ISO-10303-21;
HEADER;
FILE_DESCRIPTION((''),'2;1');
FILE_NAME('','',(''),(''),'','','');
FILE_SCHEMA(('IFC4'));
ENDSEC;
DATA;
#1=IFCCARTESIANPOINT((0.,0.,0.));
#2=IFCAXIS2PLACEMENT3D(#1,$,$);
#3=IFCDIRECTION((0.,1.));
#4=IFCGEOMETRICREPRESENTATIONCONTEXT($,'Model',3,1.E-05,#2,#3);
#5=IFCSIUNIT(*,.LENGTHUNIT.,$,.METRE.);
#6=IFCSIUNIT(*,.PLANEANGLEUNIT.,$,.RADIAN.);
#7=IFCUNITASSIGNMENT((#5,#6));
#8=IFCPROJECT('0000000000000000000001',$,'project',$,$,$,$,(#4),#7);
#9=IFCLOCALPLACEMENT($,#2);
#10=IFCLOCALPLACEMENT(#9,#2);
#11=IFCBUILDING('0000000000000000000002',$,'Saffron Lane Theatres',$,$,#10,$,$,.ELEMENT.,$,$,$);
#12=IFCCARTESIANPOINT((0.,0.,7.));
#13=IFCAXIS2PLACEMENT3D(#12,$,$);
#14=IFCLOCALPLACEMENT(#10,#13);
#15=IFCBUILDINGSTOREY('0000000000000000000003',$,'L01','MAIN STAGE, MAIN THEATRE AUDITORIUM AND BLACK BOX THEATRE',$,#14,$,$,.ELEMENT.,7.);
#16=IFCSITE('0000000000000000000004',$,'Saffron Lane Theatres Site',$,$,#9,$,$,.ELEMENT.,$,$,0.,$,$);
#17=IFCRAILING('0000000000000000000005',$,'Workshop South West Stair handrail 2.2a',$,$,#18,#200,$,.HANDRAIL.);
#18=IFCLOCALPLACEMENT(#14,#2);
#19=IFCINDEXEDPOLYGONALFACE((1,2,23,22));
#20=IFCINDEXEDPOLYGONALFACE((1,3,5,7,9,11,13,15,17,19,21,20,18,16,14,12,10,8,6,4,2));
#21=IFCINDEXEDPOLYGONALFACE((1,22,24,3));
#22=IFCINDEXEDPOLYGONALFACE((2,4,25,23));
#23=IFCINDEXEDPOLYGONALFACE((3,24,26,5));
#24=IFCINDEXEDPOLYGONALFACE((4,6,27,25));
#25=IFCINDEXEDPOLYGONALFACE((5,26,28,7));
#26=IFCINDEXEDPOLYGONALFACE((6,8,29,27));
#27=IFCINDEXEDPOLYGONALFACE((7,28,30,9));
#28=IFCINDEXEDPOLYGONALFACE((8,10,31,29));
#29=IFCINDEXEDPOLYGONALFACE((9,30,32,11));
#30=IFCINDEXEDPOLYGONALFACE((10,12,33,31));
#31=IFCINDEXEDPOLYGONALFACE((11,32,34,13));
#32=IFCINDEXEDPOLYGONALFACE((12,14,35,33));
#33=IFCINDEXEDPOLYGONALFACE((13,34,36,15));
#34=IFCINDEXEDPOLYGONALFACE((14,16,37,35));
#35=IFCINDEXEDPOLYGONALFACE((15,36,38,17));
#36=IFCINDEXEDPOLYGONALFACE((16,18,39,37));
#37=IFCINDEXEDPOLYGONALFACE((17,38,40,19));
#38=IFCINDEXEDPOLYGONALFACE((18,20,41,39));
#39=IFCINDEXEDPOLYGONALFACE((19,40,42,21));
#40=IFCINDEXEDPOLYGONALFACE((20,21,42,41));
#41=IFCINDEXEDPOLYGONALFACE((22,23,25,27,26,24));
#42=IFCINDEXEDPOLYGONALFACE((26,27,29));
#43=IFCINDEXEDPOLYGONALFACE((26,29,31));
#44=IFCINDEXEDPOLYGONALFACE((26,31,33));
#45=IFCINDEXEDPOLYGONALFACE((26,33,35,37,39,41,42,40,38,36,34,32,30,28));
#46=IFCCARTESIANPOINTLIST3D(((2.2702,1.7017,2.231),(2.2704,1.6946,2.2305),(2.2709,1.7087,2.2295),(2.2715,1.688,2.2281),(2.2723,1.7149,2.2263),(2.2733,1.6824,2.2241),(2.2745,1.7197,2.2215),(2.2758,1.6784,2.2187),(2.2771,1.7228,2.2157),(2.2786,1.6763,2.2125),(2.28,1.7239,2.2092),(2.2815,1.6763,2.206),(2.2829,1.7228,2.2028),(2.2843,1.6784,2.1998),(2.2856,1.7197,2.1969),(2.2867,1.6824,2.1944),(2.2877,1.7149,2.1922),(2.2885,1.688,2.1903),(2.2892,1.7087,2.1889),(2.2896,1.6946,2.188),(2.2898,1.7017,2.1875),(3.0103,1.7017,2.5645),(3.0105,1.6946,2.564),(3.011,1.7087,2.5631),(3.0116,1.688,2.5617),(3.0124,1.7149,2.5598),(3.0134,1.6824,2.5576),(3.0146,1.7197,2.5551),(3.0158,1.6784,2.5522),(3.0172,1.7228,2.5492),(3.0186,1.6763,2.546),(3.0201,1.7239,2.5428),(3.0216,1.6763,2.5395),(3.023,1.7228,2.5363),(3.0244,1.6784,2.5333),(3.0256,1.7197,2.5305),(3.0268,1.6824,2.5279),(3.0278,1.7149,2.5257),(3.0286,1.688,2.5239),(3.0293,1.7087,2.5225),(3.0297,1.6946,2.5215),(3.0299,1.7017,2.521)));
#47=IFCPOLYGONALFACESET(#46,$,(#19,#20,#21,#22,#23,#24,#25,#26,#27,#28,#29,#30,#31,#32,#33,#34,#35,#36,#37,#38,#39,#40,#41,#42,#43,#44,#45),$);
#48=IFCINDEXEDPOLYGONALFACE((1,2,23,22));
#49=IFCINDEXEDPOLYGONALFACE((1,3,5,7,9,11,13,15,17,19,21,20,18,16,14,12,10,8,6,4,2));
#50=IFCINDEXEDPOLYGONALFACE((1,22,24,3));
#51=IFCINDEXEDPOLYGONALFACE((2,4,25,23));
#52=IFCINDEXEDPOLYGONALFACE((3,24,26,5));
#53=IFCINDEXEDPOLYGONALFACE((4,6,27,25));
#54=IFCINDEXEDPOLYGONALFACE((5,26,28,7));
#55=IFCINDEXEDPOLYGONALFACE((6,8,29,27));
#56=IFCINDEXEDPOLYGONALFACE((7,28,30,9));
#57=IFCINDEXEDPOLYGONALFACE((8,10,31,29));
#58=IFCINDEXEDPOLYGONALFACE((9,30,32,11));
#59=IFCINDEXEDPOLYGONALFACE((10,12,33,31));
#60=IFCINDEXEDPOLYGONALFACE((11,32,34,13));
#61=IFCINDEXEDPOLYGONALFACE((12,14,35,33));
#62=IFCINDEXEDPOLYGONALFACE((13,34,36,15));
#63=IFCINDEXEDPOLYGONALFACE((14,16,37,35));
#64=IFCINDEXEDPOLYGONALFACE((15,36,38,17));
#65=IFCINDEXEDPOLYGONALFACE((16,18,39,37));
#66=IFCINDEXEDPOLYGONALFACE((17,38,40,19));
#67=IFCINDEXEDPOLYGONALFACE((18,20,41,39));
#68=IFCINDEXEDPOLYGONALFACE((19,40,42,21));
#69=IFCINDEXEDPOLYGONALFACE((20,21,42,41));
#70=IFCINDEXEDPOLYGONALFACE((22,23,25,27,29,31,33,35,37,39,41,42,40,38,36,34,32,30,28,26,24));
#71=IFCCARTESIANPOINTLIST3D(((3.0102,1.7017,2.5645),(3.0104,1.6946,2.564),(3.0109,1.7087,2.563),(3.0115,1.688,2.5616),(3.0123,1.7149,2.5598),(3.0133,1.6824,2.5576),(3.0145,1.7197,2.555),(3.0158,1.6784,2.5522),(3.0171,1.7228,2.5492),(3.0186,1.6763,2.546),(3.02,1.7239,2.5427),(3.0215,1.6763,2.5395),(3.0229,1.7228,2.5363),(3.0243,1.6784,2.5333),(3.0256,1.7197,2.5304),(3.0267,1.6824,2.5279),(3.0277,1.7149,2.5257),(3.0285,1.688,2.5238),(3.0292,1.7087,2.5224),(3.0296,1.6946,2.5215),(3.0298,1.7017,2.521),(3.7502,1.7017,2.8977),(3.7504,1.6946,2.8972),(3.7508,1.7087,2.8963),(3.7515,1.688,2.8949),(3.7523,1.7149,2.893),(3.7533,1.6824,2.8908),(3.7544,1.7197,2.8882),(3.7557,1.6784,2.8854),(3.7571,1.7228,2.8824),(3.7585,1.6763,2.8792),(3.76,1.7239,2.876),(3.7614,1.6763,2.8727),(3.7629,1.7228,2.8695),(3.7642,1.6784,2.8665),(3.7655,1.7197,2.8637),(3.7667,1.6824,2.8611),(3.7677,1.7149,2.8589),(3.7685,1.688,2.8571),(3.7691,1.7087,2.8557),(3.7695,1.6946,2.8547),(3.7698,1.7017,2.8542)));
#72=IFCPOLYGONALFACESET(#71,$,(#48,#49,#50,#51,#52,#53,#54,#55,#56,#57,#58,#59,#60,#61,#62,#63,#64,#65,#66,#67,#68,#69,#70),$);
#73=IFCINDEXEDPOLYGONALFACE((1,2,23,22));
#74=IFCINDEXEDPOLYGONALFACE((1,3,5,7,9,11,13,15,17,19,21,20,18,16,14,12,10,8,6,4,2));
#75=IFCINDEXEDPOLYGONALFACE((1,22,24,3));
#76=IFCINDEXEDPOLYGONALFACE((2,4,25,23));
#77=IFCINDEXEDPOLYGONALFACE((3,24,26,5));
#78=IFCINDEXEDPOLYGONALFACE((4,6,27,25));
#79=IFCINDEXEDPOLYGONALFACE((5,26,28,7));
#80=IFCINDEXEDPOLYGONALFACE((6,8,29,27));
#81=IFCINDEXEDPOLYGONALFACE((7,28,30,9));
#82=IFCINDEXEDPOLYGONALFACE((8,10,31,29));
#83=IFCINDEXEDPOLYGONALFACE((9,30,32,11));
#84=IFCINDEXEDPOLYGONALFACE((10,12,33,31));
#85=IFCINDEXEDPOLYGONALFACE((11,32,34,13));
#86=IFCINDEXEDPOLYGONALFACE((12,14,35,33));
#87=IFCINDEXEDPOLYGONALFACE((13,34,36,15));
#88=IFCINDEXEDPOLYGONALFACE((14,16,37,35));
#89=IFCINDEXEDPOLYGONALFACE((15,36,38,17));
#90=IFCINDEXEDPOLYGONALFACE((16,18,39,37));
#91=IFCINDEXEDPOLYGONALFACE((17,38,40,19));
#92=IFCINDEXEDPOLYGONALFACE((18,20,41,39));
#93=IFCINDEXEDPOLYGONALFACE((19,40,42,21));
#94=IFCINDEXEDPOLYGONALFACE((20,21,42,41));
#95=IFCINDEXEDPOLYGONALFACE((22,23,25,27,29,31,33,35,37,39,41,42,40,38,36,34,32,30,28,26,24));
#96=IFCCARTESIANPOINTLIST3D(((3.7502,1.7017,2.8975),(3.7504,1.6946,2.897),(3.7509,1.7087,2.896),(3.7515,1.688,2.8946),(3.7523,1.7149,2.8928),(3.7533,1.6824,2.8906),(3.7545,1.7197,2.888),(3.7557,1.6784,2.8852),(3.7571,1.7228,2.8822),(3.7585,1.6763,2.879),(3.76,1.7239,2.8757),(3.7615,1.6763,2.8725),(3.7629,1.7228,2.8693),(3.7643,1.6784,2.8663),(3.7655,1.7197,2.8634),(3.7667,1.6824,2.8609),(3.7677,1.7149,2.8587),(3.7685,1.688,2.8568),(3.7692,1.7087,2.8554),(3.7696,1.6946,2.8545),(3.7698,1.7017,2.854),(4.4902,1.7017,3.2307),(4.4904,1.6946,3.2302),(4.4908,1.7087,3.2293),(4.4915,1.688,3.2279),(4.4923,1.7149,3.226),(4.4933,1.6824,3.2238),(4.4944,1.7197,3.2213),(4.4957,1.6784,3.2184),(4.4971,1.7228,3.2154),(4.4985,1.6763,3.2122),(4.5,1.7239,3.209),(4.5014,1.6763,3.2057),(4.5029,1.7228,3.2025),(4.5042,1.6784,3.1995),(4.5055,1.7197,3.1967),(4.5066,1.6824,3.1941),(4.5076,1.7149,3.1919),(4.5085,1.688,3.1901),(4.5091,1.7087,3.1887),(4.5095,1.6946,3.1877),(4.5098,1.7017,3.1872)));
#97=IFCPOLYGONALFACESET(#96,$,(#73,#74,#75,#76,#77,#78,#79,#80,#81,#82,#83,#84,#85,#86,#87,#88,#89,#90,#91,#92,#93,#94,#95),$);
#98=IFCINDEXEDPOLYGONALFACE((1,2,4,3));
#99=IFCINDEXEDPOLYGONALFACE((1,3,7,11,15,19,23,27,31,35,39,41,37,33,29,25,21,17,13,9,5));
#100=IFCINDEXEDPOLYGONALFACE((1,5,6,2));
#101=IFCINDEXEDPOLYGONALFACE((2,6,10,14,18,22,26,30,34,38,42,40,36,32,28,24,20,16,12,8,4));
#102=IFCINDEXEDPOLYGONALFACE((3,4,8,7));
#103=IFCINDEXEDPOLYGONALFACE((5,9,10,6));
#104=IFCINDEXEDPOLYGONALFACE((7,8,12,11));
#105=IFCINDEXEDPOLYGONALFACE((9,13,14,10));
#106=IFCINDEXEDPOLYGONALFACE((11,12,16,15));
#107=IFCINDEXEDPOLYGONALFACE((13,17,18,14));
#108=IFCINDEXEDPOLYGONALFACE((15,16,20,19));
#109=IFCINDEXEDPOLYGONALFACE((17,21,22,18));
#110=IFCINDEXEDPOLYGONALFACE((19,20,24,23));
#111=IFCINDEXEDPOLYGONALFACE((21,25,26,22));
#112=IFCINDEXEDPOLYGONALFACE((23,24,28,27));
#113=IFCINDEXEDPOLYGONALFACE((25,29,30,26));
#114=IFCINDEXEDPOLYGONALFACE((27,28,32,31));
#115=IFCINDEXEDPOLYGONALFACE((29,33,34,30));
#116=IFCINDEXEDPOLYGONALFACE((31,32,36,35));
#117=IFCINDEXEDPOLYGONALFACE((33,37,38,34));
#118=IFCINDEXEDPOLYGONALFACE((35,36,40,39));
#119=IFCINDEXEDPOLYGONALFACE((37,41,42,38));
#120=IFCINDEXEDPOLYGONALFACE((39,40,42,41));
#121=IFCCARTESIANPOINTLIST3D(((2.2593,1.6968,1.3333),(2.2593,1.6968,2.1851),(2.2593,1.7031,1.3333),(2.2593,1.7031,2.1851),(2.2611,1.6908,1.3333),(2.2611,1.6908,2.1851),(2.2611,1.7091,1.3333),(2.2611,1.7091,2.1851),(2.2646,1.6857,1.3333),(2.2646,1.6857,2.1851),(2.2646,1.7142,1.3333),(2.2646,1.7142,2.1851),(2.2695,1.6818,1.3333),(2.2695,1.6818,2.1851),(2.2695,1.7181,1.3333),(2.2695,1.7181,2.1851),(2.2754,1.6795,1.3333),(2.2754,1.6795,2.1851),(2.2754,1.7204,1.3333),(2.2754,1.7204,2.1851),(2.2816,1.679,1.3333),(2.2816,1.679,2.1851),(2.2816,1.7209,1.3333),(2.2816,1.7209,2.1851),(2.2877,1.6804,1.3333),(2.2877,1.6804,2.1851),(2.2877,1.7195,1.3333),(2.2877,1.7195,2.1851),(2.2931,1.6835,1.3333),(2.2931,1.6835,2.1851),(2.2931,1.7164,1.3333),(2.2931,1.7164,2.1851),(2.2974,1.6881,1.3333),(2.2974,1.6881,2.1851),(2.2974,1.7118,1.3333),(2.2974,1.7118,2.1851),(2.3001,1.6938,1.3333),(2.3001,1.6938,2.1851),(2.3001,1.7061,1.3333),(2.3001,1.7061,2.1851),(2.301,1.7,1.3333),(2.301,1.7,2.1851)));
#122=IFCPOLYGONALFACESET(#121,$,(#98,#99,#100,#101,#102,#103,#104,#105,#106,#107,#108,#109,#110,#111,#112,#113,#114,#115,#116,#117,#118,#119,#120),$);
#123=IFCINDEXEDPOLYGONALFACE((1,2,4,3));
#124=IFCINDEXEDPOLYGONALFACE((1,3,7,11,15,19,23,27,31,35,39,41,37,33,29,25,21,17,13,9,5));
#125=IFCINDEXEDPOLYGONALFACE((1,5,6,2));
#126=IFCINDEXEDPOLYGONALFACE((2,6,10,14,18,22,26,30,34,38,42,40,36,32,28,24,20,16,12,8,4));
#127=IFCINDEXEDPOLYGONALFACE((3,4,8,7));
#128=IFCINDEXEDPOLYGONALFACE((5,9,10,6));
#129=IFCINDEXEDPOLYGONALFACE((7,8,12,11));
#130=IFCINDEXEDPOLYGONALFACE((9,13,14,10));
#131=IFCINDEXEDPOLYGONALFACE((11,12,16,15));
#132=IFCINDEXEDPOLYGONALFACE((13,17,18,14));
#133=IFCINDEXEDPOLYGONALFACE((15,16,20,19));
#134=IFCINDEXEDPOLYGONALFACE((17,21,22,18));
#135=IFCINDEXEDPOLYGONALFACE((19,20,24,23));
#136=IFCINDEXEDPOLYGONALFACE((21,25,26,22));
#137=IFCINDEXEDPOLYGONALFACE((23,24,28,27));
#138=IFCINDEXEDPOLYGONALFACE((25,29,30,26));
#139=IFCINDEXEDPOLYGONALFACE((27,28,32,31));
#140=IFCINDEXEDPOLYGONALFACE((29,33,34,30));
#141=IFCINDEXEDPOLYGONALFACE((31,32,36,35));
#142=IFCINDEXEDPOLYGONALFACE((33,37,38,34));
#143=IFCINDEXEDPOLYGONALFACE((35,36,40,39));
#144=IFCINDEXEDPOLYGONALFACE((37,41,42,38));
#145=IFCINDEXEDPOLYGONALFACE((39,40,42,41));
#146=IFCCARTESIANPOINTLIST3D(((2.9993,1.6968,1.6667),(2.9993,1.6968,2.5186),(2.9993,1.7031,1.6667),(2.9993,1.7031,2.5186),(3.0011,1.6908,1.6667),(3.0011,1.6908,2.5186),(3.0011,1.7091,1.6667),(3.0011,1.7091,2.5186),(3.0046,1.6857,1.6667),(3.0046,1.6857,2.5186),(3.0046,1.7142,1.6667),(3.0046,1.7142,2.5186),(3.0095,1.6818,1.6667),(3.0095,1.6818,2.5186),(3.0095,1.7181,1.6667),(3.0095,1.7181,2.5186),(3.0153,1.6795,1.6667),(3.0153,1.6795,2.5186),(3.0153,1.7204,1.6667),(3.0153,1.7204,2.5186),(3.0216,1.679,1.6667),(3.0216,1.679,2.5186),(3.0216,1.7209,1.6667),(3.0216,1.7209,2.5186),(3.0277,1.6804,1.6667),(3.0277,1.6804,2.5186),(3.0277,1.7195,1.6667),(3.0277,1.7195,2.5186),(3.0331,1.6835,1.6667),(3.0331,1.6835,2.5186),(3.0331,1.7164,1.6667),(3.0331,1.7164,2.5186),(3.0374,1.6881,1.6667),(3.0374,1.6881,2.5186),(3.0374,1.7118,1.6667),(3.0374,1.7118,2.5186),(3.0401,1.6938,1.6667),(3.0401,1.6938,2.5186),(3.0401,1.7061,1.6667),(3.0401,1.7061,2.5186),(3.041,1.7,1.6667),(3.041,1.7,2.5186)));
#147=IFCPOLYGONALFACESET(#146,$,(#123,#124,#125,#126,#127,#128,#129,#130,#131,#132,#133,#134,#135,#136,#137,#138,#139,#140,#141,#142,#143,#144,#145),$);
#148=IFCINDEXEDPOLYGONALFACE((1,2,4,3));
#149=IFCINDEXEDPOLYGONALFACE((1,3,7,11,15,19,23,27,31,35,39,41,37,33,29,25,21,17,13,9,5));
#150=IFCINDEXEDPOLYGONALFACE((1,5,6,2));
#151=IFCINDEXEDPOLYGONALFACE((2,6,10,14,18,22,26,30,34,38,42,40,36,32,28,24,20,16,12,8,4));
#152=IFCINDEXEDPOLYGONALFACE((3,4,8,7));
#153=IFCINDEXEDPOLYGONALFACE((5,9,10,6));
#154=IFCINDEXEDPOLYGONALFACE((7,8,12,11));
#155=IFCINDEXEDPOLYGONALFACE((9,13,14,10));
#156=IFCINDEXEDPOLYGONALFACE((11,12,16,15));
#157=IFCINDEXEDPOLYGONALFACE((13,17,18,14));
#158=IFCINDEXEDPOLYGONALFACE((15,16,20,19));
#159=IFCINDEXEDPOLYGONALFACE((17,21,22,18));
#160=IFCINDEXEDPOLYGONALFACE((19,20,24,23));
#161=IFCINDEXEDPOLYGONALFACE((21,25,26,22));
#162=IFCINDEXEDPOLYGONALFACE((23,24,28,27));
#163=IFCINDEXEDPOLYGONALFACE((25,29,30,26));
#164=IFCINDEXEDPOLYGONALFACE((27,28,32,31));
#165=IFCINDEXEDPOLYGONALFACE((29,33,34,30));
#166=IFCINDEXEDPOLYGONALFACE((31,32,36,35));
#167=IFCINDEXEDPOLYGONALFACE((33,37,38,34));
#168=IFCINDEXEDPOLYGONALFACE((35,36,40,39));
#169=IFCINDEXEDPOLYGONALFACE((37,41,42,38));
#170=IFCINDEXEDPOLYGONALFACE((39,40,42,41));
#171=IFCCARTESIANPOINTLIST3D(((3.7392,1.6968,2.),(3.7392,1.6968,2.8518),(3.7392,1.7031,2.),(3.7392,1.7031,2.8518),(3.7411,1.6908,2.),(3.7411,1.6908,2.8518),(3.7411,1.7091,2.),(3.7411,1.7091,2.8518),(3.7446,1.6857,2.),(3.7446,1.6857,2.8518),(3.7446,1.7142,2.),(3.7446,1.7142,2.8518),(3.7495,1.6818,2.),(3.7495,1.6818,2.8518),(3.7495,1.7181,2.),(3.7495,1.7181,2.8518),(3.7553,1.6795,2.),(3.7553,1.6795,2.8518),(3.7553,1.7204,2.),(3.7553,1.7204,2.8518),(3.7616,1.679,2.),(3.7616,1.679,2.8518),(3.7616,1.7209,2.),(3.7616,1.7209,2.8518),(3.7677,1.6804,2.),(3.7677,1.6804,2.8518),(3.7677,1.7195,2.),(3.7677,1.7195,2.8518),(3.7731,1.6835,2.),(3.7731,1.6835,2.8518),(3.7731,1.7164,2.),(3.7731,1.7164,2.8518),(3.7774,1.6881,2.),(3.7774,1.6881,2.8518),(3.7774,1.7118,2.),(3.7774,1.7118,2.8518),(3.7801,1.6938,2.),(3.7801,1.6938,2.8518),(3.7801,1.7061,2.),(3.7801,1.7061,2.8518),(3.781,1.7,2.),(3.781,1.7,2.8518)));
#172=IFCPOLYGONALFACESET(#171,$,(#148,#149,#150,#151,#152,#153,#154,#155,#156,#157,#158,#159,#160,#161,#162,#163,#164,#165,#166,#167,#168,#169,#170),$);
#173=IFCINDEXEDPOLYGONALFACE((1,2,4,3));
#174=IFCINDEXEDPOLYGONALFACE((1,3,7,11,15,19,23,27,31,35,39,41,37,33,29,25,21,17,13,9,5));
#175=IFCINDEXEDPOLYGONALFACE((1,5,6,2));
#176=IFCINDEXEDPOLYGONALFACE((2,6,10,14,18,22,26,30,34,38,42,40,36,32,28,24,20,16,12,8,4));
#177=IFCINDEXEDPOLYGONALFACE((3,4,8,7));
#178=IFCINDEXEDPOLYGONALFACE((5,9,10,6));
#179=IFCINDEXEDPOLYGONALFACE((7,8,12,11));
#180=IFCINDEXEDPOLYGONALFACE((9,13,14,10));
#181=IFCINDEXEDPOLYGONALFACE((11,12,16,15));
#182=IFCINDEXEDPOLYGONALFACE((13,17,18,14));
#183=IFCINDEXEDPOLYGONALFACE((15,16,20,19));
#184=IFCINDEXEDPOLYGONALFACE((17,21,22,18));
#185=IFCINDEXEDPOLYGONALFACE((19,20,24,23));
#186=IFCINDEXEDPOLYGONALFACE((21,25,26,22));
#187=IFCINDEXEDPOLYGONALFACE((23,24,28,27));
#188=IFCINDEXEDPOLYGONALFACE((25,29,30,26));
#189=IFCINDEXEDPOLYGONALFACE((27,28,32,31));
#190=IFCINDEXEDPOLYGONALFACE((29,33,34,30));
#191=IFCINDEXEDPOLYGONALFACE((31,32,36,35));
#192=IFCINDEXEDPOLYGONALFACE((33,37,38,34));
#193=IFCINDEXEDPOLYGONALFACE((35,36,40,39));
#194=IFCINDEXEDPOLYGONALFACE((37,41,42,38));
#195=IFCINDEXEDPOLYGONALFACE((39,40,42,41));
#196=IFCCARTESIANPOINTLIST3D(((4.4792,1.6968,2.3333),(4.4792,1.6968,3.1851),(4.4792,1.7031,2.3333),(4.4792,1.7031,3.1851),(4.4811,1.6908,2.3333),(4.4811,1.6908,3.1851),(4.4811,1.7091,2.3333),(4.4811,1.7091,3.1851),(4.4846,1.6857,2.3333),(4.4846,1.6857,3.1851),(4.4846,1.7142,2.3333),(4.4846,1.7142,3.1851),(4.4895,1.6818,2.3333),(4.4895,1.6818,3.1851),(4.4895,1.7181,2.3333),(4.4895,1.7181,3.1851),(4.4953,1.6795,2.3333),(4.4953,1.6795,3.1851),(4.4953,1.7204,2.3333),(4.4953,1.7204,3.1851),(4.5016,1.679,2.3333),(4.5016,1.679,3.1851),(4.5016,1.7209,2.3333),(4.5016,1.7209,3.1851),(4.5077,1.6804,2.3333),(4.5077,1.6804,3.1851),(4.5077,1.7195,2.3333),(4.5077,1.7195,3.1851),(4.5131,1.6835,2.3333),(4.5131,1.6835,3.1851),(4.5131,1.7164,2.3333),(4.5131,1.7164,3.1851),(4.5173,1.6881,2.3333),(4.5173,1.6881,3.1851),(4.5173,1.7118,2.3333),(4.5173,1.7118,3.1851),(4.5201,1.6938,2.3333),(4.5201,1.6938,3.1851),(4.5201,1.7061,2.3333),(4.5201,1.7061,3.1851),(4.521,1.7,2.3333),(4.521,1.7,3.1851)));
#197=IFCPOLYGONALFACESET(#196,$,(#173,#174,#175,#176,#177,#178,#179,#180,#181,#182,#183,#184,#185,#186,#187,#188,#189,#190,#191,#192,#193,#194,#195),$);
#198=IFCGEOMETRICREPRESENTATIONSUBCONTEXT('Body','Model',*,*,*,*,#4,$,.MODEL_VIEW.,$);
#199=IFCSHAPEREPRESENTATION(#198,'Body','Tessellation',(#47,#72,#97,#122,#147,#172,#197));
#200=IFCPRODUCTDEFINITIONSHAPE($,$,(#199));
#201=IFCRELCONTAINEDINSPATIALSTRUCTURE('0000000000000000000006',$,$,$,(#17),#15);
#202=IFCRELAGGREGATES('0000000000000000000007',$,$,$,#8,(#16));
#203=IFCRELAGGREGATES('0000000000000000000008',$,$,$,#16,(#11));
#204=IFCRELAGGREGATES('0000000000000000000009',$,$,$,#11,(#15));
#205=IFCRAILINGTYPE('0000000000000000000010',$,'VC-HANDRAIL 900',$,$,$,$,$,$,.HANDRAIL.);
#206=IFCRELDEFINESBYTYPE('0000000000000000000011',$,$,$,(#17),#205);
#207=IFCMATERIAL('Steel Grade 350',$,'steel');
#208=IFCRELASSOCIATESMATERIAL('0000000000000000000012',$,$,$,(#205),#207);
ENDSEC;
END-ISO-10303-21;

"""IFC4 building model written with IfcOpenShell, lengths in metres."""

from ifc_helpers import new_model, si_unit, direction, frame, origin, origin_2d, place, context, subcontext, project, spatial, circle, extrude, material, type_object, element, save


model = new_model("IFC4")

# Units and contexts
model_context = context("Model", 3, precision=1e-05, world=origin(), true_north=direction((0.0, 1.0)))
body_context = subcontext(model_context, "Body", "Model", "MODEL_VIEW")
ifc_project = project(units=[si_unit("LENGTHUNIT", "METRE"), si_unit("PLANEANGLEUNIT", "RADIAN")], contexts=[model_context])

# Site, building, storey
site_placement = place(None, origin())
site = spatial("IfcSite", under=ifc_project, at=site_placement, Name="Saffron Lane Theatres Site", CompositionType="ELEMENT", RefElevation=0.0)
building_placement = place(site_placement, origin())
building = spatial("IfcBuilding", under=site, at=building_placement, Name="Saffron Lane Theatres", CompositionType="ELEMENT")
storey_placement = place(building_placement, frame((0.0, 0.0, 7.0)))
storey = spatial("IfcBuildingStorey", under=building, at=storey_placement, Name="L01", Description="MAIN STAGE, MAIN THEATRE AUDITORIUM AND BLACK BOX THEATRE", CompositionType="ELEMENT", Elevation=7.0)

# Railing
ifc_material_1 = material(Name="Steel Grade 350", Category="steel")
railing_type_1 = type_object("IfcRailingType", Name="VC-HANDRAIL 900", PredefinedType="HANDRAIL", material=ifc_material_1)
for number, where, name in (
    (1, (2.28, 1.7, 1.3333), "Workshop South West Stair handrail 2.2a"),
):
    element("IfcRailing", number, at=place(storey_placement, frame(where)), inside=storey, type_object=railing_type_1, Name=name, PredefinedType="HANDRAIL", context=body_context, shape_type="SweptSolid", body=[
        extrude(circle(Radius=0.0239, at=origin_2d()), frame((0.0, 0.0, 0.876), z_axis=(0.911691, 0.0, 0.410877), x_axis=(0.0, 1.0, 0.0)), (0.0, 0.0, 1.0), 0.8118),
        extrude(circle(Radius=0.0239, at=origin_2d()), frame((0.74, 0.0, 1.2095), z_axis=(0.911803, 0.0, 0.410627), x_axis=(0.0, 1.0, 0.0)), (0.0, 0.0, 1.0), 0.8115),
        extrude(circle(Radius=0.0239, at=origin_2d()), frame((1.48, 0.0, 1.5425), z_axis=(0.911803, 0.0, 0.410627), x_axis=(0.0, 1.0, 0.0)), (0.0, 0.0, 1.0), 0.8115),
        extrude(circle(Radius=0.021, at=origin_2d()), origin(), (0.0, 0.0, 1.0), 0.8518),
        extrude(circle(Radius=0.021, at=origin_2d()), frame((0.74, 0.0, 0.3335)), (0.0, 0.0, 1.0), 0.8518),
        extrude(circle(Radius=0.021, at=origin_2d()), frame((1.48, 0.0, 0.6667)), (0.0, 0.0, 1.0), 0.8518),
        extrude(circle(Radius=0.021, at=origin_2d()), frame((2.22, 0.0, 1.0)), (0.0, 0.0, 1.0), 0.8518),
    ])

save(model, "model.ifc")
